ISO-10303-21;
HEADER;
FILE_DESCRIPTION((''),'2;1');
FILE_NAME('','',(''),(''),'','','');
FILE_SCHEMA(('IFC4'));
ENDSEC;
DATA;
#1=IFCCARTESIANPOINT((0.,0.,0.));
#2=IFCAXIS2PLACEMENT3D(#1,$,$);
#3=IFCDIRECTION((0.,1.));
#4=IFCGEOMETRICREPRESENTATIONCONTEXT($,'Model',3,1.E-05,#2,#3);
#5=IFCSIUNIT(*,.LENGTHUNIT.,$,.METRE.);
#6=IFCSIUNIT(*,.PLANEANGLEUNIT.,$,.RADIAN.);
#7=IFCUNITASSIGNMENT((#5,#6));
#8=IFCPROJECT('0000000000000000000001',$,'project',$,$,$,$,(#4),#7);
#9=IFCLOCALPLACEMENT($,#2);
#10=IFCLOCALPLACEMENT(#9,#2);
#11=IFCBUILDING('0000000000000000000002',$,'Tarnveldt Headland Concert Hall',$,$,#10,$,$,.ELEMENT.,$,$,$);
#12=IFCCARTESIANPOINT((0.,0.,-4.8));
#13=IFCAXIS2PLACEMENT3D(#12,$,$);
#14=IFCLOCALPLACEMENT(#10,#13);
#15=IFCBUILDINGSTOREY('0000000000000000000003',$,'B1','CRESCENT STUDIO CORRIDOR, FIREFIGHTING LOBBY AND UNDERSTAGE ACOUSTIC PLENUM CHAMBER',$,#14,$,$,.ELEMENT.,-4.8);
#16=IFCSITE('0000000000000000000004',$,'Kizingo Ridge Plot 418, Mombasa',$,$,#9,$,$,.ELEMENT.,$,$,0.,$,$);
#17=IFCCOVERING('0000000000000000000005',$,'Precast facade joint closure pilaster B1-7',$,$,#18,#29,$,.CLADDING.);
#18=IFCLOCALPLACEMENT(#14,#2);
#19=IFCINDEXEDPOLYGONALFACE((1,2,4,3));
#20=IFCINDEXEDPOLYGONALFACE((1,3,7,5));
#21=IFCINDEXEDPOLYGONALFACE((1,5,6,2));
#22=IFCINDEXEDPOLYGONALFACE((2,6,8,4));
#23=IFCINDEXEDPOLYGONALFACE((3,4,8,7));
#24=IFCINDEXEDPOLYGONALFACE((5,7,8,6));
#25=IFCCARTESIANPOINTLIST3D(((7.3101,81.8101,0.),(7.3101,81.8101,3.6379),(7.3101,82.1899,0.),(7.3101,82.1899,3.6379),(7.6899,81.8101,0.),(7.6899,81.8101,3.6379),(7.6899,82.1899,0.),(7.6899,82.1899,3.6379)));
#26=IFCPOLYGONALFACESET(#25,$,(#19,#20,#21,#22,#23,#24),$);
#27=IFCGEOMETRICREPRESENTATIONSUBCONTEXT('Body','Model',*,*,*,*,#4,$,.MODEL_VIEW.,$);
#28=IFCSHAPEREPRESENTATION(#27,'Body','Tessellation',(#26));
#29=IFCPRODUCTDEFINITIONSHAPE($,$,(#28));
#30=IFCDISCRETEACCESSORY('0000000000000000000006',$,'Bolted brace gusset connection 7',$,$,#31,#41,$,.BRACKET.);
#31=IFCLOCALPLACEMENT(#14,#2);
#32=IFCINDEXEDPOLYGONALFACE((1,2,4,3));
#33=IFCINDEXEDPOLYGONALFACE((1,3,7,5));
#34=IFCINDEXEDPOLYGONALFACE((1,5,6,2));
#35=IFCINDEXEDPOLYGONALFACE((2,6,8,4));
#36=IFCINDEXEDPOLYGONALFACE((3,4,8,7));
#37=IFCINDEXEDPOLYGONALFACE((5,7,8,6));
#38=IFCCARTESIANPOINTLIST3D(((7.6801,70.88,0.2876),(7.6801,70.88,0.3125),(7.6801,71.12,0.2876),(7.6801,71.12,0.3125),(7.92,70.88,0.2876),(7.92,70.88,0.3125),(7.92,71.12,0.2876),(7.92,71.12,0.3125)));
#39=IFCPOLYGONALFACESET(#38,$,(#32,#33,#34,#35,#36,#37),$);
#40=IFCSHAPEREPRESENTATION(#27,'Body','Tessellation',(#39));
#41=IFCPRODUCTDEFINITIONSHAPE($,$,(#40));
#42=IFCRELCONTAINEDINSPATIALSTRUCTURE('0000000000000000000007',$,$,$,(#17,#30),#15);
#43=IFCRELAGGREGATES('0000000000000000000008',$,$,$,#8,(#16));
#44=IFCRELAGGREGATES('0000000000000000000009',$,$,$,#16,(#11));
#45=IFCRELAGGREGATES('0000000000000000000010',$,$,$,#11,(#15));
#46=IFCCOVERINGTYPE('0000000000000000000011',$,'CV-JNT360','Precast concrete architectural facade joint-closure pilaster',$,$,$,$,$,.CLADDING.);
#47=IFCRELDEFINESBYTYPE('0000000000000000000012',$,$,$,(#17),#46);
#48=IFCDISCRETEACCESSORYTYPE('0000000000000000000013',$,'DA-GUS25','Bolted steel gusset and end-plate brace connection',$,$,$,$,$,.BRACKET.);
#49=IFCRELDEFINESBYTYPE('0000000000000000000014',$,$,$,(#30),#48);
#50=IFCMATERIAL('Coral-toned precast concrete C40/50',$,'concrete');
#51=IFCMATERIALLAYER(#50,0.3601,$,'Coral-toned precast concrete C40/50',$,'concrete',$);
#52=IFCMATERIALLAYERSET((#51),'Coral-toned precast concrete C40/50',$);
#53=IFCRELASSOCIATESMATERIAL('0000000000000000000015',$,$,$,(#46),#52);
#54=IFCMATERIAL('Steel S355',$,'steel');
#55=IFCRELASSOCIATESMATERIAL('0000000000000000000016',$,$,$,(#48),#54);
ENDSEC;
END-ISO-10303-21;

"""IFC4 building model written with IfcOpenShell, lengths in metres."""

from ifc_helpers import new_model, si_unit, direction, frame, origin, origin_2d, place, context, subcontext, project, spatial, rectangle, extrude, material, layer, layer_set, type_object, element, save


model = new_model("IFC4")

# Units and contexts
model_context = context("Model", 3, precision=1e-05, world=origin(), true_north=direction((0.0, 1.0)))
body_context = subcontext(model_context, "Body", "Model", "MODEL_VIEW")
ifc_project = project(units=[si_unit("LENGTHUNIT", "METRE"), si_unit("PLANEANGLEUNIT", "RADIAN")], contexts=[model_context])

# Site, building, storey
site_placement = place(None, origin())
site = spatial("IfcSite", under=ifc_project, at=site_placement, Name="Kizingo Ridge Plot 418, Mombasa", CompositionType="ELEMENT", RefElevation=0.0)
building_placement = place(site_placement, origin())
building = spatial("IfcBuilding", under=site, at=building_placement, Name="Tarnveldt Headland Concert Hall", CompositionType="ELEMENT")
storey_placement = place(building_placement, frame((0.0, 0.0, -4.8)))
storey = spatial("IfcBuildingStorey", under=building, at=storey_placement, Name="B1", Description="CRESCENT STUDIO CORRIDOR, FIREFIGHTING LOBBY AND UNDERSTAGE ACOUSTIC PLENUM CHAMBER", CompositionType="ELEMENT", Elevation=-4.8)

# Shared definitions
ifc_material_1 = material(Name="Steel S355", Category="steel")

# Shared definitions
ifc_material_2 = material(Name="Coral-toned precast concrete C40/50", Category="concrete")

# Covering
ifc_layer_1 = layer(ifc_material_2, 0.3601, Name="Coral-toned precast concrete C40/50", Category="concrete")
ifc_layer_set_1 = layer_set([ifc_layer_1], Name="Coral-toned precast concrete C40/50")
covering_type = type_object("IfcCoveringType", Name="CV-JNT360", Description="Precast concrete architectural facade joint-closure pilaster", PredefinedType="CLADDING", material=ifc_layer_set_1)
covering_placement = place(storey_placement, frame((7.5, 82.0, 0.0), z_axis=(0.0, 0.0, 1.0), x_axis=(0.0, 1.0, 0.0)))
element("IfcCovering", 1, at=covering_placement, inside=storey, type_object=covering_type, Name="Precast facade joint closure pilaster B1-7", PredefinedType="CLADDING", context=body_context, shape_type="SweptSolid", body=[
    extrude(rectangle(XDim=0.3799, YDim=0.3799, at=origin_2d()), origin(), (0.0, 0.0, 1.0), 3.6379),
])

# Discrete accessory
discrete_accessory_type = type_object("IfcDiscreteAccessoryType", Name="DA-GUS25", Description="Bolted steel gusset and end-plate brace connection", PredefinedType="BRACKET", material=ifc_material_1)
discrete_accessory_placement = place(storey_placement, frame((7.8, 71.0, 0.2876), z_axis=(0.0, 0.0, 1.0), x_axis=(1.0, 0.0, 0.0)))
element("IfcDiscreteAccessory", 2, at=discrete_accessory_placement, inside=storey, type_object=discrete_accessory_type, Name="Bolted brace gusset connection 7", PredefinedType="BRACKET", context=body_context, shape_type="SweptSolid", body=[
    extrude(rectangle(XDim=0.24, YDim=0.24, at=origin_2d()), origin(), (0.0, 0.0, 1.0), 0.0249),
])

save(model, "model.ifc")
